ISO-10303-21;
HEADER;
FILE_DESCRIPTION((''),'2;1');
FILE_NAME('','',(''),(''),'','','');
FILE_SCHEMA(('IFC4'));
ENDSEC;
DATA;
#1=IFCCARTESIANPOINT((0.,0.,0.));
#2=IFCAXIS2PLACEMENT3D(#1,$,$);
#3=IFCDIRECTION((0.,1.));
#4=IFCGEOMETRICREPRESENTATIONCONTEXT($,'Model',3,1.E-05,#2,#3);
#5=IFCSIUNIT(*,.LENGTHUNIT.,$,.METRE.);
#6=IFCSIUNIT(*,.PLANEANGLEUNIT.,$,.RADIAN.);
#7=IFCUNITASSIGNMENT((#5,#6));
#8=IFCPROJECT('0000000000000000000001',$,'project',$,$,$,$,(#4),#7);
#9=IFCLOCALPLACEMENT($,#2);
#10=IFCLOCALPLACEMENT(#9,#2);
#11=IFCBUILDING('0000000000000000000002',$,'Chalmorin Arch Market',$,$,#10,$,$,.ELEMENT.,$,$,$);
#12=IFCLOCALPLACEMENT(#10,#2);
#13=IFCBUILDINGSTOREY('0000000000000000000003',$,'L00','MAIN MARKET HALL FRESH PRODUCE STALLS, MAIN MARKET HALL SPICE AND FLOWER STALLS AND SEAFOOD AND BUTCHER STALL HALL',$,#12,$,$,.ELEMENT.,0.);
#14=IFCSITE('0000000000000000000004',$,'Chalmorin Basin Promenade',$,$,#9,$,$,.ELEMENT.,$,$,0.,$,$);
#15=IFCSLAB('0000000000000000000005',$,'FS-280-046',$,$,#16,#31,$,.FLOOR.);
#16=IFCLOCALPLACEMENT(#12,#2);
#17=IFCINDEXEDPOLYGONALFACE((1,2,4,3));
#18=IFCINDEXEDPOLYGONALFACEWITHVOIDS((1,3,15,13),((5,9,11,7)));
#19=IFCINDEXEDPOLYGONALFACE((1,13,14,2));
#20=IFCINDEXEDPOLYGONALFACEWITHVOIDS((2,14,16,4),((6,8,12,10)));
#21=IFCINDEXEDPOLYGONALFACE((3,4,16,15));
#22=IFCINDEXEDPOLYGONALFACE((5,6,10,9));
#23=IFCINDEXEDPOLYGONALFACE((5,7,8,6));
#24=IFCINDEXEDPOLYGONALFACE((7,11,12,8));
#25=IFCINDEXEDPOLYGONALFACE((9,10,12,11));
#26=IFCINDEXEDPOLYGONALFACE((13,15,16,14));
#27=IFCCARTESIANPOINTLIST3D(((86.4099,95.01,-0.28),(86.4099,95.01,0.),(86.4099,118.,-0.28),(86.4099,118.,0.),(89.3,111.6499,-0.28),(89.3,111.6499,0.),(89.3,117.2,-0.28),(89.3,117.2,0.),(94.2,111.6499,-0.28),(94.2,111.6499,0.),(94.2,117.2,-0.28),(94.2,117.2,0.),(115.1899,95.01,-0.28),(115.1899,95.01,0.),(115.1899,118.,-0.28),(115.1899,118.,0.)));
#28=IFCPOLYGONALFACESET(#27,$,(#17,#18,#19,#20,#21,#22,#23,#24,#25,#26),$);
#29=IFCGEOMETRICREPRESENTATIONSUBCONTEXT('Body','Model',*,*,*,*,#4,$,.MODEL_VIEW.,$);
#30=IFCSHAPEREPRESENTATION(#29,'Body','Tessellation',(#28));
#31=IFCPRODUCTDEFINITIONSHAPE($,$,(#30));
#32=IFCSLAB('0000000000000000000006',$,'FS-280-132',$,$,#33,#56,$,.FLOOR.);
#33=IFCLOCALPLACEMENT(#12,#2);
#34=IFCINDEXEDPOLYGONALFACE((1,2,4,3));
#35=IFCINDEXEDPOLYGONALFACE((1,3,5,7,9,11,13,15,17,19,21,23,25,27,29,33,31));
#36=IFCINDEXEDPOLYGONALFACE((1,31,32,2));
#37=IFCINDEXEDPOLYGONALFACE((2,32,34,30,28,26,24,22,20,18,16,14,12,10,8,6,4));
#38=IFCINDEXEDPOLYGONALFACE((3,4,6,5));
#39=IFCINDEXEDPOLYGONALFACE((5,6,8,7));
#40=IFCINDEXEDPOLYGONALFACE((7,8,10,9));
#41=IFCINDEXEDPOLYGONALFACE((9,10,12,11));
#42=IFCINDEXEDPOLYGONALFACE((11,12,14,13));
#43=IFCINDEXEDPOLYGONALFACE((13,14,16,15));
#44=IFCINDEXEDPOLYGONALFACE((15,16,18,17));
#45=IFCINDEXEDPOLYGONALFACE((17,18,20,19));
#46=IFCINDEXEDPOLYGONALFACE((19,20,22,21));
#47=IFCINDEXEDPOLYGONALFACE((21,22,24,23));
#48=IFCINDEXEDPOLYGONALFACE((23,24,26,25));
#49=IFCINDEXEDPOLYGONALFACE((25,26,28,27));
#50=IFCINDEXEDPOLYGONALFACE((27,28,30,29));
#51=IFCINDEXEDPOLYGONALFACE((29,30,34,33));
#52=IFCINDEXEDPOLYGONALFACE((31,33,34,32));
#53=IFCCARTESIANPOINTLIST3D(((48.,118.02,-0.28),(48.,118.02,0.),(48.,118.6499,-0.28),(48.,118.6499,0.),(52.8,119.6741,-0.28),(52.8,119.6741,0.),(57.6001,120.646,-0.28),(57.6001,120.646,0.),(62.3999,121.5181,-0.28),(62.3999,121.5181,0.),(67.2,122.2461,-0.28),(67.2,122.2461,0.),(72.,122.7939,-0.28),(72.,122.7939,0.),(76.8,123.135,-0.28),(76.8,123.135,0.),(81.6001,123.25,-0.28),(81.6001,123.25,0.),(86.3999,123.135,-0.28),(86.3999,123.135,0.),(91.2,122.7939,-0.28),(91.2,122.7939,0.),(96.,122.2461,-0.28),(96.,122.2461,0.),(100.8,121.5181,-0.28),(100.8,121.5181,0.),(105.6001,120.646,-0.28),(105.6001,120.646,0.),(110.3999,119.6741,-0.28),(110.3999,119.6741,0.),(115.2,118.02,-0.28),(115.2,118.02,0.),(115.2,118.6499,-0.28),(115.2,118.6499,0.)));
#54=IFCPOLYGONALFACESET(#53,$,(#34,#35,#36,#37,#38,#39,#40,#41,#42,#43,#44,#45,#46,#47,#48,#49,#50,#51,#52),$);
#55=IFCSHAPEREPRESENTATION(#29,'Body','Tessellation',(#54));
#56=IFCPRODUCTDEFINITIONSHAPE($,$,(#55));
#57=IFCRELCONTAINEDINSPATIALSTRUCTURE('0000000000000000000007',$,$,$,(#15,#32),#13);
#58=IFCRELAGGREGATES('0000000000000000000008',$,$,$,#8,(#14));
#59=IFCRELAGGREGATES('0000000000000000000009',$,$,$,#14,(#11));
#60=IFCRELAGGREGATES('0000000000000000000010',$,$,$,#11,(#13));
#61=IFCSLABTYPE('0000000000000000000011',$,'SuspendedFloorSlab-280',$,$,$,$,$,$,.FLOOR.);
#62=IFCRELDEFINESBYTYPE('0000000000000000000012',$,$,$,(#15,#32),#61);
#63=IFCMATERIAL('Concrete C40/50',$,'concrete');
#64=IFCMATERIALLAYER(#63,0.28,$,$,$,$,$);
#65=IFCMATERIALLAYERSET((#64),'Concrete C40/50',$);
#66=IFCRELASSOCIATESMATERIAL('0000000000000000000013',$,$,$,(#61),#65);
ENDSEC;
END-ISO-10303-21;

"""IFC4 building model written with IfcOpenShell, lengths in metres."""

from ifc_helpers import new_model, si_unit, direction, frame, origin, place, context, subcontext, project, spatial, polyline, outline, extrude, material, layer, layer_set, type_object, element, save


model = new_model("IFC4")

# Units and contexts
model_context = context("Model", 3, precision=1e-05, world=origin(), true_north=direction((0.0, 1.0)))
body_context = subcontext(model_context, "Body", "Model", "MODEL_VIEW")
ifc_project = project(units=[si_unit("LENGTHUNIT", "METRE"), si_unit("PLANEANGLEUNIT", "RADIAN")], contexts=[model_context])

# Site, building, storey
site_placement = place(None, origin())
site = spatial("IfcSite", under=ifc_project, at=site_placement, Name="Chalmorin Basin Promenade", CompositionType="ELEMENT", RefElevation=0.0)
building_placement = place(site_placement, origin())
building = spatial("IfcBuilding", under=site, at=building_placement, Name="Chalmorin Arch Market", CompositionType="ELEMENT")
storey_placement = place(building_placement, origin())
storey = spatial("IfcBuildingStorey", under=building, at=storey_placement, Name="L00", Description="MAIN MARKET HALL FRESH PRODUCE STALLS, MAIN MARKET HALL SPICE AND FLOWER STALLS AND SEAFOOD AND BUTCHER STALL HALL", CompositionType="ELEMENT", Elevation=0.0)

# Shared definitions
ifc_material = material(Name="Concrete C40/50", Category="concrete")

# Slabs
ifc_layer_1 = layer(ifc_material, 0.28)
ifc_layer_set_1 = layer_set([ifc_layer_1], Name="Concrete C40/50")
slab_type_1 = type_object("IfcSlabType", Name="SuspendedFloorSlab-280", PredefinedType="FLOOR", material=ifc_layer_set_1)
slab_1_placement = place(storey_placement, frame((0.0, 0.0, -0.28)))
element("IfcSlab", 1, at=slab_1_placement, inside=storey, type_object=slab_type_1, Name="FS-280-046", PredefinedType="FLOOR", context=body_context, shape_type="SweptSolid", body=[
    extrude(outline(polyline([(86.4099, 95.01), (115.1899, 95.01), (115.1899, 118.0), (86.4099, 118.0), (86.4099, 95.01)]), holes=[polyline([(89.3, 111.6499), (94.2, 111.6499), (94.2, 117.2), (89.3, 117.2), (89.3, 111.6499)])]), origin(), (0.0, 0.0, 1.0), 0.28),
])
slab_2_placement = place(storey_placement, frame((0.0, 0.0, -0.28)))
element("IfcSlab", 2, at=slab_2_placement, inside=storey, type_object=slab_type_1, Name="FS-280-132", PredefinedType="FLOOR", context=body_context, shape_type="SweptSolid", body=[
    extrude(outline(polyline([(48.0, 118.02), (48.0, 118.6499), (52.8, 119.6741), (57.6001, 120.646), (62.3999, 121.5181), (67.2, 122.2461), (72.0, 122.7939), (76.8, 123.135), (81.6001, 123.25), (86.3999, 123.135), (91.2, 122.7939), (96.0, 122.2461), (100.8, 121.5181), (105.6001, 120.646), (110.3999, 119.6741), (115.2, 118.6499), (115.2, 118.02), (48.0, 118.02)])), origin(), (0.0, 0.0, 1.0), 0.28),
])

save(model, "model.ifc")
